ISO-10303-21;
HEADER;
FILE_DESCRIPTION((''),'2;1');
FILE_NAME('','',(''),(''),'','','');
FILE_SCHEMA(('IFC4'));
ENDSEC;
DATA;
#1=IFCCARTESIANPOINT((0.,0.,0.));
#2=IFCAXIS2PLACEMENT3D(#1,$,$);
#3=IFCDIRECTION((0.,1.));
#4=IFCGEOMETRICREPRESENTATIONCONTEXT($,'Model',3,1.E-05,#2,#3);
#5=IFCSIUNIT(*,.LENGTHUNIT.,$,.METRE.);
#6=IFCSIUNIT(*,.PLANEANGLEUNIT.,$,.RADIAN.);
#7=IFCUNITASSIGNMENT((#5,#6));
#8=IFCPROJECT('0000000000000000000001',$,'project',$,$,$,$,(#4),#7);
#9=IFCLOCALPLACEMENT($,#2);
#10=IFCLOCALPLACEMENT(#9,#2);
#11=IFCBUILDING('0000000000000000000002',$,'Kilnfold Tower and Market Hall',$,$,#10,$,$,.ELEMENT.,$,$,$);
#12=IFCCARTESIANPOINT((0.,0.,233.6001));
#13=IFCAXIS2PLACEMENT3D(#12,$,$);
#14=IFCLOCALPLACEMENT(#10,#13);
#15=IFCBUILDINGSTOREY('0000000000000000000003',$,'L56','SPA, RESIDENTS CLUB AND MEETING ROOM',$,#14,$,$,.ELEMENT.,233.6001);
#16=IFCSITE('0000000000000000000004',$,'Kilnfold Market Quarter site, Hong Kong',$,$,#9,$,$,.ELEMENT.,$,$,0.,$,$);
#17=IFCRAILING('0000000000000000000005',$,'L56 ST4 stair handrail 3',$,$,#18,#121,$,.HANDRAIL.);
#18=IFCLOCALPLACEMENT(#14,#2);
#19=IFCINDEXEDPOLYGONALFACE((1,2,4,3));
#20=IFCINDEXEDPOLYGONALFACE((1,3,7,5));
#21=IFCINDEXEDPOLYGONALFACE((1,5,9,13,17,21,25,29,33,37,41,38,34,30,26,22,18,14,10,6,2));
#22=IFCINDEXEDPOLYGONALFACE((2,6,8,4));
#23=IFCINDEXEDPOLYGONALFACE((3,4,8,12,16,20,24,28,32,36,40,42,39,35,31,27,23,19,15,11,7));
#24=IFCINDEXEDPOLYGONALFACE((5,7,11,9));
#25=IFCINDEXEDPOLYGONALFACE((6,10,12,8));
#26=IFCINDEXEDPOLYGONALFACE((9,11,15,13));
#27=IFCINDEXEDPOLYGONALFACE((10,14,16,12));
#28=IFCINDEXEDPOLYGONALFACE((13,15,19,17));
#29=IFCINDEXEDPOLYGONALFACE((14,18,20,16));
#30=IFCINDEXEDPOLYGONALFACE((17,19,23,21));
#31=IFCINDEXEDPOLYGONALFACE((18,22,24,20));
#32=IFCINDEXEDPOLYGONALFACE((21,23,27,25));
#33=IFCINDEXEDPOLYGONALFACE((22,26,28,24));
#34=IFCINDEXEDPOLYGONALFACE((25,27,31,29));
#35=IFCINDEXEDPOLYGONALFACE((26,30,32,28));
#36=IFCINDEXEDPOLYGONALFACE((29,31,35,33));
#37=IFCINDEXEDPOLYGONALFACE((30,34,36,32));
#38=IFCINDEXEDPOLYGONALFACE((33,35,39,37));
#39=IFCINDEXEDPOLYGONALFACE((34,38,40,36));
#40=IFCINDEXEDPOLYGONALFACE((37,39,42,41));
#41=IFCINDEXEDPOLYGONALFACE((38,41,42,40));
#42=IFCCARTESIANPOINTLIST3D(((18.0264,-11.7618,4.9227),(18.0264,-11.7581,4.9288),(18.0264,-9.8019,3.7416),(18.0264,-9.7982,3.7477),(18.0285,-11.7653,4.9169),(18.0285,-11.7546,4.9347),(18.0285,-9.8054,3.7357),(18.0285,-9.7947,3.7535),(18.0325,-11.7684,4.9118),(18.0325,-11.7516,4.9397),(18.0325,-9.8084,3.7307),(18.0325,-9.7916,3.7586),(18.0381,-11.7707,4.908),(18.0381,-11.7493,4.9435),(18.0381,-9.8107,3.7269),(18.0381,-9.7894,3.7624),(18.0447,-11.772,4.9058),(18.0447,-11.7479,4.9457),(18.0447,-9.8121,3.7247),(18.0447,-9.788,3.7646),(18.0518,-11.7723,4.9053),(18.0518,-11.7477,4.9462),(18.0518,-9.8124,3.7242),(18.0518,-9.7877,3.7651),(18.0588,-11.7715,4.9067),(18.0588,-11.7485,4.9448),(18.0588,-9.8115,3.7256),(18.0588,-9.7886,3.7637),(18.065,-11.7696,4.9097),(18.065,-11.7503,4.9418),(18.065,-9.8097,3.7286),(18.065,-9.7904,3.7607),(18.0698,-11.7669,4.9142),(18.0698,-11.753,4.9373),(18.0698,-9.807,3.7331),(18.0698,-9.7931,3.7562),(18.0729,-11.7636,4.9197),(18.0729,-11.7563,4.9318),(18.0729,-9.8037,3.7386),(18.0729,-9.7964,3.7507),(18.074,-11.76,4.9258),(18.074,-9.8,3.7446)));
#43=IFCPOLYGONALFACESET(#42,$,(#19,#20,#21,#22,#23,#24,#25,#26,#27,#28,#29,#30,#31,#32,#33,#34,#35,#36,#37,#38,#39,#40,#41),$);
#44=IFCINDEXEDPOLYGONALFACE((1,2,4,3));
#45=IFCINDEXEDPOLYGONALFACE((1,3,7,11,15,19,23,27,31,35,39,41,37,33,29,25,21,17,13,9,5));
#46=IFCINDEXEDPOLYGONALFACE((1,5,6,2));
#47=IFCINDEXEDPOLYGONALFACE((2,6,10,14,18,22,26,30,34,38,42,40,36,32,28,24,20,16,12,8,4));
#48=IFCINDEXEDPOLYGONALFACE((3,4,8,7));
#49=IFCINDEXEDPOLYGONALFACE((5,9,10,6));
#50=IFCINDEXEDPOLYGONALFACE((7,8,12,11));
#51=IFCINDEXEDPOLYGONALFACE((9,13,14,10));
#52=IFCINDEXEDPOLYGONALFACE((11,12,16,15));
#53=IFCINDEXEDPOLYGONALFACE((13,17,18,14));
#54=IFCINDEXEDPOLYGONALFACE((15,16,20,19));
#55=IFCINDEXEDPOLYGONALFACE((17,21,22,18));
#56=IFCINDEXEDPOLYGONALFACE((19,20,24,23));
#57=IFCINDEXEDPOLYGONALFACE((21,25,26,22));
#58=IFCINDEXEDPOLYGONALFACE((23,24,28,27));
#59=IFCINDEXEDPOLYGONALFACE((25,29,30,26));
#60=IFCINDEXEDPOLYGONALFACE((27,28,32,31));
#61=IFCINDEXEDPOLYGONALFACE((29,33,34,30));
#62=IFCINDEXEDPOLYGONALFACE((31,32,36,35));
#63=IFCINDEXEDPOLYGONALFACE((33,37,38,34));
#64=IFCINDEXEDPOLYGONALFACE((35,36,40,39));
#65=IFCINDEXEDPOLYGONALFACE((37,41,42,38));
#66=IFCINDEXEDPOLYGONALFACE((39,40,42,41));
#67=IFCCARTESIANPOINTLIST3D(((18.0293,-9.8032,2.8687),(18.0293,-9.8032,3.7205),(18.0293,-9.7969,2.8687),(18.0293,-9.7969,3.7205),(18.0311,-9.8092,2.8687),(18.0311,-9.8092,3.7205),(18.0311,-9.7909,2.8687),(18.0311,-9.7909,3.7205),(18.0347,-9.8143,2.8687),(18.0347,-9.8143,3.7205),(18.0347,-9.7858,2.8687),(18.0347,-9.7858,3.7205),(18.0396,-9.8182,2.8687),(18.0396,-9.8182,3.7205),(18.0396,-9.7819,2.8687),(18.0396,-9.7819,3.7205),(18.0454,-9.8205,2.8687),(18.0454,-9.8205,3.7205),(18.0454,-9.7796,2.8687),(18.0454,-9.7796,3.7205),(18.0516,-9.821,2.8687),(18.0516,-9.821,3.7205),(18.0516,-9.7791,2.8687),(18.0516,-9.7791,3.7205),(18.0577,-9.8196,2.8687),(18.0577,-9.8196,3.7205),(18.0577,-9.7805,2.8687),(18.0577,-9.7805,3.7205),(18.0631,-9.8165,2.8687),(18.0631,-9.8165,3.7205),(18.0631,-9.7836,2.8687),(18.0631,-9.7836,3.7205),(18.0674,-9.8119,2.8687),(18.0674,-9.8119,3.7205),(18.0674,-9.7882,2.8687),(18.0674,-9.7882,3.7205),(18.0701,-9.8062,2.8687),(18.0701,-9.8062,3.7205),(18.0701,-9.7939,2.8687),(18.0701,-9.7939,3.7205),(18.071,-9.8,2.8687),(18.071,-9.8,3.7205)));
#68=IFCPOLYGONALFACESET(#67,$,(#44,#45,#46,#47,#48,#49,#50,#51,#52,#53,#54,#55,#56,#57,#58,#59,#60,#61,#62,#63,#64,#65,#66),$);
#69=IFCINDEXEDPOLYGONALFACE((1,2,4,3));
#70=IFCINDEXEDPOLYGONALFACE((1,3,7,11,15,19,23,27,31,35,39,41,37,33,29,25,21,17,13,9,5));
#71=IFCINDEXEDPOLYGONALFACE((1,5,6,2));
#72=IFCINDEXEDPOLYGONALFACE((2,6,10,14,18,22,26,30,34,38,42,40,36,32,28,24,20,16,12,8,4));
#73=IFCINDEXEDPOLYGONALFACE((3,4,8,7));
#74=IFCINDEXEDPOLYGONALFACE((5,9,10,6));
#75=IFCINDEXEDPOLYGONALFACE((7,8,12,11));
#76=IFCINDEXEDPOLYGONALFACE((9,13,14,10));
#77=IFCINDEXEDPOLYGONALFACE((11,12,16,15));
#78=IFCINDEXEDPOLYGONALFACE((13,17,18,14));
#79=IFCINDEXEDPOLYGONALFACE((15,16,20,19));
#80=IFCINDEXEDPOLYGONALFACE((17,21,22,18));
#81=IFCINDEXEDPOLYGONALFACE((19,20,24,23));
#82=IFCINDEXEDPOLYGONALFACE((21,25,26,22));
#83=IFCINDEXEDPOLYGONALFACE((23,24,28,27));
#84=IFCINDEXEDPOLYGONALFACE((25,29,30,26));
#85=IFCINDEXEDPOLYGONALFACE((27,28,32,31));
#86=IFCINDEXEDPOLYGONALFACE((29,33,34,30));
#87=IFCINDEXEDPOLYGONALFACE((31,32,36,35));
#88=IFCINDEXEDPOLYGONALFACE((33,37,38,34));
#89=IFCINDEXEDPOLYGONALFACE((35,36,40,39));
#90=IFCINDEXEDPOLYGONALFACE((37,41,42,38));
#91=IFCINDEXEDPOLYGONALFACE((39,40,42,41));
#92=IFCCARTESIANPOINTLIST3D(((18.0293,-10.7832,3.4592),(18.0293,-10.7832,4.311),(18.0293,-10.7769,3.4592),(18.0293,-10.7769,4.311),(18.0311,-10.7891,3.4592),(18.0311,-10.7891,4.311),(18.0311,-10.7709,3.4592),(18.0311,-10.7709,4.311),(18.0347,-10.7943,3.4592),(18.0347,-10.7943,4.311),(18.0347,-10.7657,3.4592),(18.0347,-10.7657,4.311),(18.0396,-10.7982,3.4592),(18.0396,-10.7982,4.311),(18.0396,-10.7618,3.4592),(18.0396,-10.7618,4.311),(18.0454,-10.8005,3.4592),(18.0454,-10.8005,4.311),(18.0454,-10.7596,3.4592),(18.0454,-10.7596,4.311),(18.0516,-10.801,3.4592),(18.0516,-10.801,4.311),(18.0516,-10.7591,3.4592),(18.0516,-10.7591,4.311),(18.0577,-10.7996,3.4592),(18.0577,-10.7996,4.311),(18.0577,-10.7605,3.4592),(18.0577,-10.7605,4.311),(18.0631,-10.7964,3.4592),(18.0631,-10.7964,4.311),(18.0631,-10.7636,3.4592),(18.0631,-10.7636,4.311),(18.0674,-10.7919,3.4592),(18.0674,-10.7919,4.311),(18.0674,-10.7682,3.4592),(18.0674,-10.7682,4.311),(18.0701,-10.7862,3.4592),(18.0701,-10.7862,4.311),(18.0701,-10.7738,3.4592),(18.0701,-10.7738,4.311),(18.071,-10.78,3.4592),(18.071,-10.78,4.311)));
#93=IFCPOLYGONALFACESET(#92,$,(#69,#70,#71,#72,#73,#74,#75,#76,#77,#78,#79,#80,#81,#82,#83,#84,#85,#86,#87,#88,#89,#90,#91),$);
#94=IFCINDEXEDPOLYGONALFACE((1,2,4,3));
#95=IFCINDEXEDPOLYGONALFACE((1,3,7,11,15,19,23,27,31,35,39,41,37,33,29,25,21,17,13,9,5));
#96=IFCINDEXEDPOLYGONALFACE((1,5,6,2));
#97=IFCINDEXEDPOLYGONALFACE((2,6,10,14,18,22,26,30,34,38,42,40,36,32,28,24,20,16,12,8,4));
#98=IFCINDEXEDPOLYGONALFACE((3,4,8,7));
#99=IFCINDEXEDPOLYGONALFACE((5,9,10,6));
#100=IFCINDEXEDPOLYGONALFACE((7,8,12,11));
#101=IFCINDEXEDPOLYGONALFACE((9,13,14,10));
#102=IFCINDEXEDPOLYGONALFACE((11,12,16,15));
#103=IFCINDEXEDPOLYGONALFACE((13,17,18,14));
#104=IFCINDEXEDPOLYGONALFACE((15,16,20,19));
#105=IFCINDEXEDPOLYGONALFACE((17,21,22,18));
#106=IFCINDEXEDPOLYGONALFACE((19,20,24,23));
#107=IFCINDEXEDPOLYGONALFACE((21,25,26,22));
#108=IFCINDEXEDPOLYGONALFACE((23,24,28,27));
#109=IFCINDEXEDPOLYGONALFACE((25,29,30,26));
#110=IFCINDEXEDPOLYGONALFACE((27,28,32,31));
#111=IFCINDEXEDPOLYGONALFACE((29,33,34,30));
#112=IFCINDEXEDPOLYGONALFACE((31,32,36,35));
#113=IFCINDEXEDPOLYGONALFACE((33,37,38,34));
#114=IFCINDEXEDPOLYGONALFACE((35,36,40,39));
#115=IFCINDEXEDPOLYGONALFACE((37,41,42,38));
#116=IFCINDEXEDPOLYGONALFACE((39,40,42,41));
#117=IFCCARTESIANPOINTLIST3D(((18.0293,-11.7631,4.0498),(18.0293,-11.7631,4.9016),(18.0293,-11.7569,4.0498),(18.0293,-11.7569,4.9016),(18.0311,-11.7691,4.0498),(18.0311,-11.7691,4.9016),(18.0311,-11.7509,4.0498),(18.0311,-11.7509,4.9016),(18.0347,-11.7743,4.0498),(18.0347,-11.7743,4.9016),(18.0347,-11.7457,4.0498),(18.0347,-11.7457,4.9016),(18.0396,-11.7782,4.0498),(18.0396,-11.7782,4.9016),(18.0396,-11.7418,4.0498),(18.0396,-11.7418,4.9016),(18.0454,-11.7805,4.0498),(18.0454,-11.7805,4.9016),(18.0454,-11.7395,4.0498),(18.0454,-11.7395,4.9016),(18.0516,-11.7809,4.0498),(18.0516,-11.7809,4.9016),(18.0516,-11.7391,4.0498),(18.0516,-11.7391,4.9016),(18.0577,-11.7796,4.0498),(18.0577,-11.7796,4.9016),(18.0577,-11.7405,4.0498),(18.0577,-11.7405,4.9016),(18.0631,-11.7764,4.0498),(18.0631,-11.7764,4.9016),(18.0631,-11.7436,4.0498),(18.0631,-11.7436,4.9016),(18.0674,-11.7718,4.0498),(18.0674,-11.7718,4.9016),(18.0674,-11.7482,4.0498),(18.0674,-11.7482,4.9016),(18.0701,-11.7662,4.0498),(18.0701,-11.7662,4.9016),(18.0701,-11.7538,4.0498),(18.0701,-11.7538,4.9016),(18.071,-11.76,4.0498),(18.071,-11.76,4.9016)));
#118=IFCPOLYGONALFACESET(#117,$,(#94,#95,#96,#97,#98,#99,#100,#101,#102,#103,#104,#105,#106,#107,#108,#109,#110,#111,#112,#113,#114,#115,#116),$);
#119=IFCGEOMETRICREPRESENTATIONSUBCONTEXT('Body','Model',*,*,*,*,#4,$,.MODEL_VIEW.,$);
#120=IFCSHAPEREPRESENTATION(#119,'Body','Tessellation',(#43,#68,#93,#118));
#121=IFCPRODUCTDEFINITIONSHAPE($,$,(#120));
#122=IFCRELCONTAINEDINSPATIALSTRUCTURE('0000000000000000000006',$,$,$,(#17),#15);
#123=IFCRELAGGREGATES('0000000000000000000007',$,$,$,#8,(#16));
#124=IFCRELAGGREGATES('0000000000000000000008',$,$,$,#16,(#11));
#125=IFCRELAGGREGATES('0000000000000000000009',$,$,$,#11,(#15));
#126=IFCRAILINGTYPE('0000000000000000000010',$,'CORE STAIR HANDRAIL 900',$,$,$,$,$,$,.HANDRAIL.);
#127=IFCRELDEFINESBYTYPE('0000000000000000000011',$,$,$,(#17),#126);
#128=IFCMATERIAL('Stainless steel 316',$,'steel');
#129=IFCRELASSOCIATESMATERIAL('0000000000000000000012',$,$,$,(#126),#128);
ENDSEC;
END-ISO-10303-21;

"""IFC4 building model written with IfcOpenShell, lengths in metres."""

from ifc_helpers import new_model, si_unit, direction, frame, origin, origin_2d, place, context, subcontext, project, spatial, circle, extrude, material, type_object, element, save


model = new_model("IFC4")

# Units and contexts
model_context = context("Model", 3, precision=1e-05, world=origin(), true_north=direction((0.0, 1.0)))
body_context = subcontext(model_context, "Body", "Model", "MODEL_VIEW")
ifc_project = project(units=[si_unit("LENGTHUNIT", "METRE"), si_unit("PLANEANGLEUNIT", "RADIAN")], contexts=[model_context])

# Site, building, storey
site_placement = place(None, origin())
site = spatial("IfcSite", under=ifc_project, at=site_placement, Name="Kilnfold Market Quarter site, Hong Kong", CompositionType="ELEMENT", RefElevation=0.0)
building_placement = place(site_placement, origin())
building = spatial("IfcBuilding", under=site, at=building_placement, Name="Kilnfold Tower and Market Hall", CompositionType="ELEMENT")
storey_placement = place(building_placement, frame((0.0, 0.0, 233.6001)))
storey = spatial("IfcBuildingStorey", under=building, at=storey_placement, Name="L56", Description="SPA, RESIDENTS CLUB AND MEETING ROOM", CompositionType="ELEMENT", Elevation=233.6001)

# Railing
ifc_material_1 = material(Name="Stainless steel 316", Category="steel")
railing_type_1 = type_object("IfcRailingType", Name="CORE STAIR HANDRAIL 900", PredefinedType="HANDRAIL", material=ifc_material_1)
railing_1_placement = place(storey_placement, frame((18.05, -9.8, 2.8687)))
element("IfcRailing", 1, at=railing_1_placement, inside=storey, type_object=railing_type_1, Name="L56 ST4 stair handrail 3", PredefinedType="HANDRAIL", context=body_context, shape_type="SweptSolid", body=[
    extrude(circle(Radius=0.0239, at=origin_2d()), frame((0.0, 0.0, 0.876), z_axis=(0.0, -0.856493, 0.516158), x_axis=(1.0, 0.0, 0.0)), (0.0, 0.0, 1.0), 2.2883),
    extrude(circle(Radius=0.021, at=origin_2d()), origin(), (0.0, 0.0, 1.0), 0.8518),
    extrude(circle(Radius=0.021, at=origin_2d()), frame((0.0, -0.98, 0.5906)), (0.0, 0.0, 1.0), 0.8518),
    extrude(circle(Radius=0.021, at=origin_2d()), frame((0.0, -1.96, 1.1812)), (0.0, 0.0, 1.0), 0.8518),
])

save(model, "model.ifc")
